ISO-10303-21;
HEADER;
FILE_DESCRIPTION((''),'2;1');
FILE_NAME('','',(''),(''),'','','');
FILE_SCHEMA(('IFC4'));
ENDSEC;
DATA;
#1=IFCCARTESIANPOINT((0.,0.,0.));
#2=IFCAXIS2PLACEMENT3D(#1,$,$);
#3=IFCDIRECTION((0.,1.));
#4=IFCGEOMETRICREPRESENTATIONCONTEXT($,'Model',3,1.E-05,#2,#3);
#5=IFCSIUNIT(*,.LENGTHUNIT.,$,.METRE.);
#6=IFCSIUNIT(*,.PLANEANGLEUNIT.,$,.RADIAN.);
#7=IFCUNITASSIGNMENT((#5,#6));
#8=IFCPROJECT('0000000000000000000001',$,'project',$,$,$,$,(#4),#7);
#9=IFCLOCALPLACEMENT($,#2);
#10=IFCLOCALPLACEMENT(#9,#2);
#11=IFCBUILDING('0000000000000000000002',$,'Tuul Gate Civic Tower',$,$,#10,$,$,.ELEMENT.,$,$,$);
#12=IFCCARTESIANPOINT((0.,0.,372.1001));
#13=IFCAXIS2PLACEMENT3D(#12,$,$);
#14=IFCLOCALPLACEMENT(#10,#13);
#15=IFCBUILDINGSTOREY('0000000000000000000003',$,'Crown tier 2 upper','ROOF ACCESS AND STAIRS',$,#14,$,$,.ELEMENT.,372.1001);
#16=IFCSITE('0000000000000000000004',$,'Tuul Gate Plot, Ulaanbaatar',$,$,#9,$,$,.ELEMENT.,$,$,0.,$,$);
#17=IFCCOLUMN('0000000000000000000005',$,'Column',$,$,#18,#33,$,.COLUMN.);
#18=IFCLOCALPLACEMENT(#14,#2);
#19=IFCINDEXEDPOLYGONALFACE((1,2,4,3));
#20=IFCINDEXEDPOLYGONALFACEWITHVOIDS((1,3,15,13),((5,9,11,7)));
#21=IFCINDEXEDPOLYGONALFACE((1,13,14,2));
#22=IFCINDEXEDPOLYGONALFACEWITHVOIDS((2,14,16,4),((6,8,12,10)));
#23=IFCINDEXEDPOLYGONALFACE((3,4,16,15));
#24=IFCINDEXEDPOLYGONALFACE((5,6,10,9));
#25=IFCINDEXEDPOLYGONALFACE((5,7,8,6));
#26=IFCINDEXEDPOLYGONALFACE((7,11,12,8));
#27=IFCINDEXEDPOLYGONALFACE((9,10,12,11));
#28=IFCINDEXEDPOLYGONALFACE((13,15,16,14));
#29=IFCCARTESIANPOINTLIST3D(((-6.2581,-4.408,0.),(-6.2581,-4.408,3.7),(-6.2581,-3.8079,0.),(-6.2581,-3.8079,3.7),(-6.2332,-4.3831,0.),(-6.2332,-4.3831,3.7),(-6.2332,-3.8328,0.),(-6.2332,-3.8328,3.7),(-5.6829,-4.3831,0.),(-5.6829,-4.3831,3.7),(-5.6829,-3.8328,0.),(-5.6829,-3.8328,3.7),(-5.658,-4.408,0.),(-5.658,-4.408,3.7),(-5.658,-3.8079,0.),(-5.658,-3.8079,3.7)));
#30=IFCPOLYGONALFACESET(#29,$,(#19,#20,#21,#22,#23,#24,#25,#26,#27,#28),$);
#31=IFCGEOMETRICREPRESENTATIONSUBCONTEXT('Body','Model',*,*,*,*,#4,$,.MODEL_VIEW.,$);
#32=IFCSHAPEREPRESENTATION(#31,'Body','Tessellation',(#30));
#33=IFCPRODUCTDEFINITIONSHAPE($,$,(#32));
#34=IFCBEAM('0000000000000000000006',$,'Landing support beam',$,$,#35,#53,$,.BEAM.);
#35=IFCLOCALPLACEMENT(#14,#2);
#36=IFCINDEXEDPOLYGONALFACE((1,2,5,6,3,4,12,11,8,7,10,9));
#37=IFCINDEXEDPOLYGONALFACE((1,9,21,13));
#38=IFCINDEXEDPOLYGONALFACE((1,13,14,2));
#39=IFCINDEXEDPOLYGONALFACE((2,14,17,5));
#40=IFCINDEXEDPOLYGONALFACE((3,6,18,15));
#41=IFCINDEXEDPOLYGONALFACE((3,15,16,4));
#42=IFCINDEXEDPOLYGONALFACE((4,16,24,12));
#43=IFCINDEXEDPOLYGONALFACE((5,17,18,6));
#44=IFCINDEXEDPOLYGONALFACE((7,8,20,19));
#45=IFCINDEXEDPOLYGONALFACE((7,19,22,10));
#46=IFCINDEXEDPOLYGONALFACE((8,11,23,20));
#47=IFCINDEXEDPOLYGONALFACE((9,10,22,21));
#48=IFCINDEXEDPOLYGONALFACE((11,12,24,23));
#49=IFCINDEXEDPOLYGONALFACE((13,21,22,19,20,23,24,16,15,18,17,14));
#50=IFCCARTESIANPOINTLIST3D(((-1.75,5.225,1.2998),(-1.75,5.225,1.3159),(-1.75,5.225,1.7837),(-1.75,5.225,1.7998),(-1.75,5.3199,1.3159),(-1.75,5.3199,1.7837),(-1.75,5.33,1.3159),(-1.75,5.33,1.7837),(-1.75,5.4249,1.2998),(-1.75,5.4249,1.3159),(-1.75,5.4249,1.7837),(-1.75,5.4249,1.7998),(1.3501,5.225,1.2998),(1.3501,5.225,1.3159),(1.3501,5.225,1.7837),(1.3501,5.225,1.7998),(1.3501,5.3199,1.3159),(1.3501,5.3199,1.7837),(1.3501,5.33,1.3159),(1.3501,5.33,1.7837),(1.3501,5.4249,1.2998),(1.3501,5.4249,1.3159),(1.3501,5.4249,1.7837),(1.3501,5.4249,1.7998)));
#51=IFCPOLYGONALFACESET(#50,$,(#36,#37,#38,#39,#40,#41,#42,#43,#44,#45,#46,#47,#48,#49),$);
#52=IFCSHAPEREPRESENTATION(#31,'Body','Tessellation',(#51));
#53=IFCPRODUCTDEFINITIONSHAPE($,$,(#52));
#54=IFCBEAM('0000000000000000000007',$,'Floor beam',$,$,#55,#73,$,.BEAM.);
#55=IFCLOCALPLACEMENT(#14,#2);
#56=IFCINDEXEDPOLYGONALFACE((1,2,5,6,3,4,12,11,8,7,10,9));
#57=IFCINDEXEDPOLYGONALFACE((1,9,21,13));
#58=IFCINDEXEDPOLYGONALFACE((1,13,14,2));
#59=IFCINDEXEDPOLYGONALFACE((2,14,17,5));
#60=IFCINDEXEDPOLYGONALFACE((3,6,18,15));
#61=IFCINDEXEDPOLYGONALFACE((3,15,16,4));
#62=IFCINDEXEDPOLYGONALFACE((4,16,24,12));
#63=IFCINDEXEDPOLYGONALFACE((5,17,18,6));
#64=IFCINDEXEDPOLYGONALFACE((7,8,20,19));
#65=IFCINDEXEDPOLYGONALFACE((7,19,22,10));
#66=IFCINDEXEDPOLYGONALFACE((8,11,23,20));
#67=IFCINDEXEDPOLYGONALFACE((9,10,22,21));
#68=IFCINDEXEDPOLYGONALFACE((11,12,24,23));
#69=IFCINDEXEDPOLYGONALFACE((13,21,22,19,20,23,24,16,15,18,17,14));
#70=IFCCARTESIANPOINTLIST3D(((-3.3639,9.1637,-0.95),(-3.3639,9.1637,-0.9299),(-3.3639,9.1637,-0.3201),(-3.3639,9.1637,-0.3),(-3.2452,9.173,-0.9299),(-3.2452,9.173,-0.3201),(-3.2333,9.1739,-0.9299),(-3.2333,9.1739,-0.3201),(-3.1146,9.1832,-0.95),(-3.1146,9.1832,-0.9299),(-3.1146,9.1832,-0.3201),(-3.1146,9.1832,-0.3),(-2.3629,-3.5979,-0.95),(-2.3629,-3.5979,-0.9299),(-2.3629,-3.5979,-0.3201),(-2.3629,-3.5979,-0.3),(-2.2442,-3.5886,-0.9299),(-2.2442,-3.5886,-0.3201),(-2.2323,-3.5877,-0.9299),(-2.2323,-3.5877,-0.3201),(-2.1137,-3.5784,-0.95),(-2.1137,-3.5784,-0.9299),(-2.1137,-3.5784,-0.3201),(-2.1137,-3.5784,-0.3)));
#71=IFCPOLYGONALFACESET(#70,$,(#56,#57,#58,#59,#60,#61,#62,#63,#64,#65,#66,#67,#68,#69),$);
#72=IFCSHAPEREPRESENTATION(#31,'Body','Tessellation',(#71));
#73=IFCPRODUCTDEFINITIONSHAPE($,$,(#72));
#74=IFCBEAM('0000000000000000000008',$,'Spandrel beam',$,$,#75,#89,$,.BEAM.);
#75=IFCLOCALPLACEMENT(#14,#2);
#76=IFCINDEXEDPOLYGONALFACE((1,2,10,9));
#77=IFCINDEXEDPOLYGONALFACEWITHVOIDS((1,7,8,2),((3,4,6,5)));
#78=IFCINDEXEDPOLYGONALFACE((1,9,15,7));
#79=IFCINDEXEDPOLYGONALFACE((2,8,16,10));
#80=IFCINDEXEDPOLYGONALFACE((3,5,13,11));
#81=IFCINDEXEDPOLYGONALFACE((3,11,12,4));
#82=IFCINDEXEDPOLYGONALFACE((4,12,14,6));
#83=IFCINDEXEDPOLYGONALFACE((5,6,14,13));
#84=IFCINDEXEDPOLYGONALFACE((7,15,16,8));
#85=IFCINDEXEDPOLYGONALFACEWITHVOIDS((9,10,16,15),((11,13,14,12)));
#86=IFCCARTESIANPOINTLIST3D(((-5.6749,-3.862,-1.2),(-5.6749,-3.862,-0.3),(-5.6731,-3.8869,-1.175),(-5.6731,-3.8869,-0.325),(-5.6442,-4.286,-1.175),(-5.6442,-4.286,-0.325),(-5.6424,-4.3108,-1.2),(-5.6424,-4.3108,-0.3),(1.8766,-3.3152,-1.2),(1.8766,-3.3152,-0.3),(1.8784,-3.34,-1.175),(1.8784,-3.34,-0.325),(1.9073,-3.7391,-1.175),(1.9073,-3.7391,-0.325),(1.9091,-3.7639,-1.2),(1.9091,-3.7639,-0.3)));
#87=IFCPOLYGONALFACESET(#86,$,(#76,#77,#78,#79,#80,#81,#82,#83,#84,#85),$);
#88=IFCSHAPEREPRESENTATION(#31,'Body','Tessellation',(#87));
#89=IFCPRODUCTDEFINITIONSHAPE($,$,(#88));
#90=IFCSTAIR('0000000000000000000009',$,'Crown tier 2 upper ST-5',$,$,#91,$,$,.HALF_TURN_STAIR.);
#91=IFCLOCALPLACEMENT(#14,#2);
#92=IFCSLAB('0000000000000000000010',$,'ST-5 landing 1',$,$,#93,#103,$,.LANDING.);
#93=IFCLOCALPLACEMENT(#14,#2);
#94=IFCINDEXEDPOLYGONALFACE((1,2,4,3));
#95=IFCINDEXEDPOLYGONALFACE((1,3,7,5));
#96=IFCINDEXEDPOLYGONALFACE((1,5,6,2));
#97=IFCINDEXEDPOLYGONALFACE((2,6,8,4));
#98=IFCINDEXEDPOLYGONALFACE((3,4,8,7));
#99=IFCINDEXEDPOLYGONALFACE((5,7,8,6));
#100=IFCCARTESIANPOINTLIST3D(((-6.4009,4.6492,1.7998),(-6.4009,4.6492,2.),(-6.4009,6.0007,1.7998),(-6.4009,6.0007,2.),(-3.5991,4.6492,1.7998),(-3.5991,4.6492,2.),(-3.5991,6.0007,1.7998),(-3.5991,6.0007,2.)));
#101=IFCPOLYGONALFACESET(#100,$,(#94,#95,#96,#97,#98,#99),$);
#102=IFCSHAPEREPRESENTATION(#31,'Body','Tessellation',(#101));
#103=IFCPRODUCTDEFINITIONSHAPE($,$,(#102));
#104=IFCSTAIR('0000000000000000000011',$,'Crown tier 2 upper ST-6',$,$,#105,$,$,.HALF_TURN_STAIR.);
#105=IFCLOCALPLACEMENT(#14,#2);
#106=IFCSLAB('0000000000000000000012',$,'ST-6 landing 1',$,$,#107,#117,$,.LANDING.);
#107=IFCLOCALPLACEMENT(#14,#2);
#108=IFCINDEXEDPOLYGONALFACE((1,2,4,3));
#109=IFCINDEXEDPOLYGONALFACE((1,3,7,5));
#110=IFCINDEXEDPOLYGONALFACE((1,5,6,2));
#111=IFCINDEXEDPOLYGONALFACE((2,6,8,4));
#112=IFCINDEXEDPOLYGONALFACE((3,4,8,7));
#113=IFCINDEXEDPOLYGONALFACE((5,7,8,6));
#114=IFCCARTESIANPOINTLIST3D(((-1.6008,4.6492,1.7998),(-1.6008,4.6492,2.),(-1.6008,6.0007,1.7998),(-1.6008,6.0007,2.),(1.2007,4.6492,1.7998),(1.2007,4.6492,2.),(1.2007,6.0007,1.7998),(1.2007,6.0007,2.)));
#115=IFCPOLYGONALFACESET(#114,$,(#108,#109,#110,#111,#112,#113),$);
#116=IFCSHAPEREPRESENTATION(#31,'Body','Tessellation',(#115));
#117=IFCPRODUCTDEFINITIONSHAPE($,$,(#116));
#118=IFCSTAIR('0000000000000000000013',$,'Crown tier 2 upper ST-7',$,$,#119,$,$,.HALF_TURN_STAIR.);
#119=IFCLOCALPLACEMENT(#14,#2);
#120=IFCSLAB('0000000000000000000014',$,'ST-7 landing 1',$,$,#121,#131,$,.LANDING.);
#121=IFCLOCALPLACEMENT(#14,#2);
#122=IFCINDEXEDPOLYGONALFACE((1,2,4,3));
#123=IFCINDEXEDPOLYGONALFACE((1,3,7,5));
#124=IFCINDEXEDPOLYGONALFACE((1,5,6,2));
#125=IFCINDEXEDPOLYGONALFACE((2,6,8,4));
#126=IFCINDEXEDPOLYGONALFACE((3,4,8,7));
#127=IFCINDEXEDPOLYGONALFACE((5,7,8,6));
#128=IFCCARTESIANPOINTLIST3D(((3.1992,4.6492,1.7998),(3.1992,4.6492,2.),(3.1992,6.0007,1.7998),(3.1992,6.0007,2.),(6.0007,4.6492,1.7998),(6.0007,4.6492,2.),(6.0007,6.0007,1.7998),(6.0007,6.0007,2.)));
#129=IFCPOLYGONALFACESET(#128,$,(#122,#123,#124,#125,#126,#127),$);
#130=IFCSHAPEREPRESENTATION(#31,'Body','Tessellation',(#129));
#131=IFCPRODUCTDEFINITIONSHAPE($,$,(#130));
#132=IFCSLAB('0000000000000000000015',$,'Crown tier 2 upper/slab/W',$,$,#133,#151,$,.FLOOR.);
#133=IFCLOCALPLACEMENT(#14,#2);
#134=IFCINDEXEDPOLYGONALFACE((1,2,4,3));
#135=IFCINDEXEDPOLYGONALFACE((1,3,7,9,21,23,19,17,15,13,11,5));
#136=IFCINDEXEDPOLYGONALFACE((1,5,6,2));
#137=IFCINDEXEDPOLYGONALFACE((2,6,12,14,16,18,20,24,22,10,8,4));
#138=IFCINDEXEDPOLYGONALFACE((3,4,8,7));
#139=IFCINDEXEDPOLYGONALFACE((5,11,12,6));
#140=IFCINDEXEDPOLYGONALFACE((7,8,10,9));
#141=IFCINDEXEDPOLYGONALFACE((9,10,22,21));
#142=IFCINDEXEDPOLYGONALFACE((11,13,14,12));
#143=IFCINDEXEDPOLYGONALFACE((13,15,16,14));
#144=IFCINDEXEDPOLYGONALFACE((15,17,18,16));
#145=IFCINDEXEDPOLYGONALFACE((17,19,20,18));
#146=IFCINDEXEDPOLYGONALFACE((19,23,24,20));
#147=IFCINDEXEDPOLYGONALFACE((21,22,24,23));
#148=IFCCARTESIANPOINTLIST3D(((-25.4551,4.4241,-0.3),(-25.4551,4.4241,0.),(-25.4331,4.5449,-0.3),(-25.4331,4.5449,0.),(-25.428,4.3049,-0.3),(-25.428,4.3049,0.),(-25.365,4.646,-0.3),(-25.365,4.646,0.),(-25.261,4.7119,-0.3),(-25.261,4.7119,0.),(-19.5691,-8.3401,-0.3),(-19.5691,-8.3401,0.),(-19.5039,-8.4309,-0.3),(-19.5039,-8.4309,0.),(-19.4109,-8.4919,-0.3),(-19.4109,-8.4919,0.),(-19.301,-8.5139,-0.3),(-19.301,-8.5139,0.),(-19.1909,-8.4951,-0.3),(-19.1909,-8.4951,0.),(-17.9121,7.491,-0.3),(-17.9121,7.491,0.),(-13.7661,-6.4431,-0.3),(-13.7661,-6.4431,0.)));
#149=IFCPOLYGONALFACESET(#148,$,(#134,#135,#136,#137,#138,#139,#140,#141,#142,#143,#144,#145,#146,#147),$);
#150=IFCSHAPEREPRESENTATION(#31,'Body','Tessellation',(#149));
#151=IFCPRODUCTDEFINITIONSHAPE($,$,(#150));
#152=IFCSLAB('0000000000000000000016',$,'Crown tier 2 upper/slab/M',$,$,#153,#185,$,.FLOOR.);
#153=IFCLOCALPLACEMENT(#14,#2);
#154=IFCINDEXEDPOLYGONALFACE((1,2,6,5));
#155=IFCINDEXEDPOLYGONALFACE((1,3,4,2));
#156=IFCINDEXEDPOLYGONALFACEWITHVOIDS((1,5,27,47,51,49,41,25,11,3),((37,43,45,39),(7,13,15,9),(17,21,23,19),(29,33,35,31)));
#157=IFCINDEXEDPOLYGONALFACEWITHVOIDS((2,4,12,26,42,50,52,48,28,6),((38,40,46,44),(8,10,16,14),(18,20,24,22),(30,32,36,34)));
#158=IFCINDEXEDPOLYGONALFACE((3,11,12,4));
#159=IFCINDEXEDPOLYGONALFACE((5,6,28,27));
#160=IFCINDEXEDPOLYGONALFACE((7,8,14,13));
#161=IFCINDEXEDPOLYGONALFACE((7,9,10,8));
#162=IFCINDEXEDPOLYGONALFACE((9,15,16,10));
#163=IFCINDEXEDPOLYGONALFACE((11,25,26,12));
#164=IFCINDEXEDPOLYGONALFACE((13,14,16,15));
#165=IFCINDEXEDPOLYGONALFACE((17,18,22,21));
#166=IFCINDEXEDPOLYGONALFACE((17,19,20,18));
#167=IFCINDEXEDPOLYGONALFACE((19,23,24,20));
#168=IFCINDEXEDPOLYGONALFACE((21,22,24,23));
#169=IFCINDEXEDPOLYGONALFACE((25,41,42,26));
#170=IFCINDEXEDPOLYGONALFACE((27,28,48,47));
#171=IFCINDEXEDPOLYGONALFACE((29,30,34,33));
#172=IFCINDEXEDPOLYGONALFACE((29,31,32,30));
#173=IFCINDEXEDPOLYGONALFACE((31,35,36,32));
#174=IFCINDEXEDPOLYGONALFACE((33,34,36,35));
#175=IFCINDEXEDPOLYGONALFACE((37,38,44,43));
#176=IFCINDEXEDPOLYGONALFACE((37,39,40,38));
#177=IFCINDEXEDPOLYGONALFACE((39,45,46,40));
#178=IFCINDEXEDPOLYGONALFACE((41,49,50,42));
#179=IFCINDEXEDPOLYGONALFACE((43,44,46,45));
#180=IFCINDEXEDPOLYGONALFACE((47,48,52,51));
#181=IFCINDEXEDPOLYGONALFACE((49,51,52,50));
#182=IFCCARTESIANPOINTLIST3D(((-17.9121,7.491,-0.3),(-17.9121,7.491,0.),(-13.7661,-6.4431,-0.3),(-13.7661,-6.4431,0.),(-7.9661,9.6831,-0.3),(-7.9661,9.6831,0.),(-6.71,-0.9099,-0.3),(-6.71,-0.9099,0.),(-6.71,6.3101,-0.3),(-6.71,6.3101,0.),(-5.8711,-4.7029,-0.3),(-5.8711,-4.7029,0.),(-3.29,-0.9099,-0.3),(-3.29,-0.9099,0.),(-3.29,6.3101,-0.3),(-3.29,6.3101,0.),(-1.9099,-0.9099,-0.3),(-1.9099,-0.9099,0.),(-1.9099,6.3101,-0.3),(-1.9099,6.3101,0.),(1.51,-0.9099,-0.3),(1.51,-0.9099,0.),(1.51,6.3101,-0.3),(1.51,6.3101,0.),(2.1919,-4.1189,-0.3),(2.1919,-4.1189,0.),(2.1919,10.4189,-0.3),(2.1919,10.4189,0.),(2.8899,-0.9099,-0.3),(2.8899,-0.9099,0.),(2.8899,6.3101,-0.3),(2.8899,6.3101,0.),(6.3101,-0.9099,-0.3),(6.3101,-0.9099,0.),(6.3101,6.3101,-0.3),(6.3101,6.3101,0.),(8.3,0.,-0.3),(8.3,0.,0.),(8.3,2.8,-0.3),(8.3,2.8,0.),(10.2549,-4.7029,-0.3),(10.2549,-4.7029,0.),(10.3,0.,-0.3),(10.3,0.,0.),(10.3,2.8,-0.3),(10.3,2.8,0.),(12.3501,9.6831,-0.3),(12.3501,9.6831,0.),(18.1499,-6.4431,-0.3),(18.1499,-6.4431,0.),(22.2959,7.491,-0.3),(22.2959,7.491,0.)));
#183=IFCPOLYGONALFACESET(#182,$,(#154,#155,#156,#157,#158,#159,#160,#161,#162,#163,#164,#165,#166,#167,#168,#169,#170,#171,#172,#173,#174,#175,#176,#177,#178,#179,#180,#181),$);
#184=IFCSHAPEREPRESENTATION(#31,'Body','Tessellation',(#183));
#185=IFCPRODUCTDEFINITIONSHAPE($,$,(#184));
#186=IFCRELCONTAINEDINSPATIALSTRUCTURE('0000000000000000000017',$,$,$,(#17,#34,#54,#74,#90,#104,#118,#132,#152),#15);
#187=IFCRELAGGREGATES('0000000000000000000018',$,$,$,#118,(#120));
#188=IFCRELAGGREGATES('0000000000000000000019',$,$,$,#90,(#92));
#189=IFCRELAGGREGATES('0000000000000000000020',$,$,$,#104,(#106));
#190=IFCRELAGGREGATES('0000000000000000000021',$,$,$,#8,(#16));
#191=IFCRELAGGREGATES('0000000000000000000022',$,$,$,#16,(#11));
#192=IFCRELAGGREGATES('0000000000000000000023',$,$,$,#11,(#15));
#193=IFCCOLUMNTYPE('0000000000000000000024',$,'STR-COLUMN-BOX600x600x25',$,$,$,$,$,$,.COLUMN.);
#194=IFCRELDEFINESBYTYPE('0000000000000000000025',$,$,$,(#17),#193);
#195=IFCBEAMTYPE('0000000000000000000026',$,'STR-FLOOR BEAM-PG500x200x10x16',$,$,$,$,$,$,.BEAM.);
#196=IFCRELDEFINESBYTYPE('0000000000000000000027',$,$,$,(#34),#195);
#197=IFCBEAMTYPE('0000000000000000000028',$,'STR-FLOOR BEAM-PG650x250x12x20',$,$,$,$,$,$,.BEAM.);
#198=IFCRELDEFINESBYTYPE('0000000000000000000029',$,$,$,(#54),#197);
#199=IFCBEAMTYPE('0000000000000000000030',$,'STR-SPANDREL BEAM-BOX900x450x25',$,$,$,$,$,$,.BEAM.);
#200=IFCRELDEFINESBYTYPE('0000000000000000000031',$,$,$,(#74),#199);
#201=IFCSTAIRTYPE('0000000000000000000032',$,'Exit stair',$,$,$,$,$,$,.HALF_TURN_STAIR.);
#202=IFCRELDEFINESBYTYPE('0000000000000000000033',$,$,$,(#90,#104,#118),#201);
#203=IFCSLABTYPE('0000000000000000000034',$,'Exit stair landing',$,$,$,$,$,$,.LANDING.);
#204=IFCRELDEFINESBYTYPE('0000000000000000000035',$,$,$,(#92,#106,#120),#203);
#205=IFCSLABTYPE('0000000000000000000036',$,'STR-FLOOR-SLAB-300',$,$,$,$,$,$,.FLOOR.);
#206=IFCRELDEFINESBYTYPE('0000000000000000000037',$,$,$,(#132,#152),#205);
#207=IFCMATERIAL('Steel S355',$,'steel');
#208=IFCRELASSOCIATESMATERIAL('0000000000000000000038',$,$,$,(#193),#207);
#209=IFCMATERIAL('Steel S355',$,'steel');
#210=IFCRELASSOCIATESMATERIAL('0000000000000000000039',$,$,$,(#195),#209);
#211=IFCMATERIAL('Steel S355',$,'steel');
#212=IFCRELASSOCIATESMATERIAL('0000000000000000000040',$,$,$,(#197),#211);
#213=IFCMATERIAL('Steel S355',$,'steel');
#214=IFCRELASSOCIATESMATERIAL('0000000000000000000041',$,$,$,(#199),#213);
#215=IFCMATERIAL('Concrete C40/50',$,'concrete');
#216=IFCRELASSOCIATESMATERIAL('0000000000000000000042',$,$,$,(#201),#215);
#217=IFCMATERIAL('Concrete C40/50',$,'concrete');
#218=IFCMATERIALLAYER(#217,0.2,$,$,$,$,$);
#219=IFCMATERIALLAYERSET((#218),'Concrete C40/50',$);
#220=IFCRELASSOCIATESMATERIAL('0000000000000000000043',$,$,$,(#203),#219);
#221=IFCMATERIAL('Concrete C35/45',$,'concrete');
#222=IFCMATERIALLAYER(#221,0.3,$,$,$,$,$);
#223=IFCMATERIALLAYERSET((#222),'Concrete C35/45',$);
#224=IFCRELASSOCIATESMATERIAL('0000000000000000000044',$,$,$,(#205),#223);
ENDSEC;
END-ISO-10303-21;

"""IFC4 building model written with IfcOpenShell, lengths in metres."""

from ifc_helpers import new_model, si_unit, direction, frame, origin, origin_2d, place, context, subcontext, project, spatial, polyline, hollow_rectangle, i_section, outline, extrude, material, layer, layer_set, material_profile, profile_set, type_object, element, aggregate, save


model = new_model("IFC4")

# Units and contexts
model_context = context("Model", 3, precision=1e-05, world=origin(), true_north=direction((0.0, 1.0)))
body_context = subcontext(model_context, "Body", "Model", "MODEL_VIEW")
ifc_project = project(units=[si_unit("LENGTHUNIT", "METRE"), si_unit("PLANEANGLEUNIT", "RADIAN")], contexts=[model_context])

# Site, building, storey
site_placement = place(None, origin())
site = spatial("IfcSite", under=ifc_project, at=site_placement, Name="Tuul Gate Plot, Ulaanbaatar", CompositionType="ELEMENT", RefElevation=0.0)
building_placement = place(site_placement, origin())
building = spatial("IfcBuilding", under=site, at=building_placement, Name="Tuul Gate Civic Tower", CompositionType="ELEMENT")
storey_placement = place(building_placement, frame((0.0, 0.0, 372.1001)))
storey = spatial("IfcBuildingStorey", under=building, at=storey_placement, Name="Crown tier 2 upper", Description="ROOF ACCESS AND STAIRS", CompositionType="ELEMENT", Elevation=372.1001)

# Column
ifc_material_1 = material(Name="Steel S355", Category="steel")
ifc_material_profile_1 = material_profile(ifc_material_1, hollow_rectangle(XDim=0.6001, YDim=0.6001, WallThickness=0.0249, at=origin_2d()), Name="BOX600x600x25")
ifc_profile_set_1 = profile_set([ifc_material_profile_1], Name="Steel S355")
column_type = type_object("IfcColumnType", Name="STR-COLUMN-BOX600x600x25", PredefinedType="COLUMN", material=ifc_profile_set_1)
column_placement = place(storey_placement, frame((-5.958, -4.1079, 0.0), z_axis=(0.0, 0.0, 1.0), x_axis=(1.0, 0.0, 0.0)))
element("IfcColumn", 1, at=column_placement, inside=storey, type_object=column_type, Name="Column", PredefinedType="COLUMN", context=body_context, shape_type="SweptSolid", body=[
    extrude(hollow_rectangle(XDim=0.6001, YDim=0.6001, WallThickness=0.0249, at=origin_2d()), origin(), (0.0, 0.0, 1.0), 3.7),
])

# Beams
ifc_material_2 = material(Name="Steel S355", Category="steel")
ifc_material_profile_2 = material_profile(ifc_material_2, i_section(OverallWidth=0.2, OverallDepth=0.5, WebThickness=0.01, FlangeThickness=0.0161, at=origin_2d()), Name="PG500x200x10x16")
ifc_profile_set_2 = profile_set([ifc_material_profile_2], Name="Steel S355")
beam_type_1 = type_object("IfcBeamType", Name="STR-FLOOR BEAM-PG500x200x10x16", PredefinedType="BEAM", material=ifc_profile_set_2)
beam_1_placement = place(storey_placement, frame((-1.75, 5.325, 1.5498), z_axis=(1.0, 0.0, 0.0), x_axis=(0.0, 1.0, 0.0)))
element("IfcBeam", 2, at=beam_1_placement, inside=storey, type_object=beam_type_1, Name="Landing support beam", PredefinedType="BEAM", context=body_context, shape_type="SweptSolid", body=[
    extrude(i_section(OverallWidth=0.2, OverallDepth=0.5, WebThickness=0.01, FlangeThickness=0.0161, at=origin_2d()), origin(), (0.0, 0.0, 1.0), 3.1001),
])
ifc_material_3 = material(Name="Steel S355", Category="steel")
ifc_material_profile_3 = material_profile(ifc_material_3, i_section(OverallWidth=0.25, OverallDepth=0.6499, WebThickness=0.012, FlangeThickness=0.02, at=origin_2d()), Name="PG650x250x12x20")
ifc_profile_set_3 = profile_set([ifc_material_profile_3], Name="Steel S355")
beam_type_2 = type_object("IfcBeamType", Name="STR-FLOOR BEAM-PG650x250x12x20", PredefinedType="BEAM", material=ifc_profile_set_3)
beam_2_placement = place(storey_placement, frame((-2.2383, -3.5881, -0.625), z_axis=(-0.078197, 0.996938, 0.0), x_axis=(-0.996938, -0.078197, 0.0)))
element("IfcBeam", 3, at=beam_2_placement, inside=storey, type_object=beam_type_2, Name="Floor beam", PredefinedType="BEAM", context=body_context, shape_type="SweptSolid", body=[
    extrude(i_section(OverallWidth=0.25, OverallDepth=0.6499, WebThickness=0.012, FlangeThickness=0.02, at=origin_2d()), origin(), (0.0, 0.0, 1.0), 12.8008),
])
ifc_material_4 = material(Name="Steel S355", Category="steel")
ifc_material_profile_4 = material_profile(ifc_material_4, hollow_rectangle(XDim=0.45, YDim=0.8999, WallThickness=0.0249, at=origin_2d()), Name="BOX900x450x25")
ifc_profile_set_4 = profile_set([ifc_material_profile_4], Name="Steel S355")
beam_type_3 = type_object("IfcBeamType", Name="STR-SPANDREL BEAM-BOX900x450x25", PredefinedType="BEAM", material=ifc_profile_set_4)
beam_3_placement = place(storey_placement, frame((-5.6587, -4.0864, -0.75), z_axis=(0.997388, 0.07223, 0.0), x_axis=(-0.07223, 0.997388, 0.0)))
element("IfcBeam", 4, at=beam_3_placement, inside=storey, type_object=beam_type_3, Name="Spandrel beam", PredefinedType="BEAM", context=body_context, shape_type="SweptSolid", body=[
    extrude(hollow_rectangle(XDim=0.45, YDim=0.8999, WallThickness=0.0249, at=origin_2d()), origin(), (0.0, 0.0, 1.0), 7.5713),
])

# Stairs, slabs
ifc_material_5 = material(Name="Concrete C40/50", Category="concrete")
stair_type = type_object("IfcStairType", Name="Exit stair", PredefinedType="HALF_TURN_STAIR", material=ifc_material_5)
stair_1_placement = place(storey_placement, origin())
stair_1 = element("IfcStair", 5, at=stair_1_placement, inside=storey, type_object=stair_type, Name="Crown tier 2 upper ST-5", PredefinedType="HALF_TURN_STAIR")
ifc_material_6 = material(Name="Concrete C40/50", Category="concrete")
ifc_layer_1 = layer(ifc_material_6, 0.2)
ifc_layer_set_1 = layer_set([ifc_layer_1], Name="Concrete C40/50")
slab_type_1 = type_object("IfcSlabType", Name="Exit stair landing", PredefinedType="LANDING", material=ifc_layer_set_1)
slab_1_placement = place(storey_placement, frame((0.0, 0.0, 1.7998)))
slab_1 = element("IfcSlab", 6, at=slab_1_placement, type_object=slab_type_1, Name="ST-5 landing 1", PredefinedType="LANDING", context=body_context, shape_type="SweptSolid", body=[
    extrude(outline(polyline([(-3.5991, 4.6492), (-6.4009, 4.6492), (-6.4009, 6.0007), (-3.5991, 6.0007), (-3.5991, 4.6492)])), origin(), (0.0, 0.0, 1.0), 0.2002),
])
stair_2_placement = place(storey_placement, origin())
stair_2 = element("IfcStair", 7, at=stair_2_placement, inside=storey, type_object=stair_type, Name="Crown tier 2 upper ST-6", PredefinedType="HALF_TURN_STAIR")
slab_2_placement = place(storey_placement, frame((0.0, 0.0, 1.7998)))
slab_2 = element("IfcSlab", 8, at=slab_2_placement, type_object=slab_type_1, Name="ST-6 landing 1", PredefinedType="LANDING", context=body_context, shape_type="SweptSolid", body=[
    extrude(outline(polyline([(1.2007, 4.6492), (-1.6008, 4.6492), (-1.6008, 6.0007), (1.2007, 6.0007), (1.2007, 4.6492)])), origin(), (0.0, 0.0, 1.0), 0.2002),
])
stair_3_placement = place(storey_placement, origin())
stair_3 = element("IfcStair", 9, at=stair_3_placement, inside=storey, type_object=stair_type, Name="Crown tier 2 upper ST-7", PredefinedType="HALF_TURN_STAIR")
slab_3_placement = place(storey_placement, frame((0.0, 0.0, 1.7998)))
slab_3 = element("IfcSlab", 10, at=slab_3_placement, type_object=slab_type_1, Name="ST-7 landing 1", PredefinedType="LANDING", context=body_context, shape_type="SweptSolid", body=[
    extrude(outline(polyline([(6.0007, 4.6492), (3.1992, 4.6492), (3.1992, 6.0007), (6.0007, 6.0007), (6.0007, 4.6492)])), origin(), (0.0, 0.0, 1.0), 0.2002),
])
aggregate(stair_3, [slab_3])

# Slabs
ifc_material_7 = material(Name="Concrete C35/45", Category="concrete")
ifc_layer_2 = layer(ifc_material_7, 0.3)
ifc_layer_set_2 = layer_set([ifc_layer_2], Name="Concrete C35/45")
slab_type_2 = type_object("IfcSlabType", Name="STR-FLOOR-SLAB-300", PredefinedType="FLOOR", material=ifc_layer_set_2)
slab_4_placement = place(storey_placement, frame((0.0, 0.0, -0.3)))
element("IfcSlab", 11, at=slab_4_placement, inside=storey, type_object=slab_type_2, Name="Crown tier 2 upper/slab/W", PredefinedType="FLOOR", context=body_context, shape_type="SweptSolid", body=[
    extrude(outline(polyline([(-13.7661, -6.4431), (-17.9121, 7.491), (-25.261, 4.7119), (-25.365, 4.646), (-25.4331, 4.5449), (-25.4551, 4.4241), (-25.428, 4.3049), (-19.5691, -8.3401), (-19.5039, -8.4309), (-19.4109, -8.4919), (-19.301, -8.5139), (-19.1909, -8.4951), (-13.7661, -6.4431)])), origin(), (0.0, 0.0, 1.0), 0.3),
])
slab_5_placement = place(storey_placement, frame((0.0, 0.0, -0.3)))
element("IfcSlab", 12, at=slab_5_placement, inside=storey, type_object=slab_type_2, Name="Crown tier 2 upper/slab/M", PredefinedType="FLOOR", context=body_context, shape_type="SweptSolid", body=[
    extrude(outline(polyline([(10.2549, -4.7029), (18.1499, -6.4431), (22.2959, 7.491), (12.3501, 9.6831), (2.1919, 10.4189), (-7.9661, 9.6831), (-17.9121, 7.491), (-13.7661, -6.4431), (-5.8711, -4.7029), (2.1919, -4.1189), (10.2549, -4.7029)]), holes=[polyline([(10.3, 0.0), (8.3, 0.0), (8.3, 2.8), (10.3, 2.8), (10.3, 0.0)]), polyline([(-6.71, -0.9099), (-6.71, 6.3101), (-3.29, 6.3101), (-3.29, -0.9099), (-6.71, -0.9099)]), polyline([(-1.9099, -0.9099), (-1.9099, 6.3101), (1.51, 6.3101), (1.51, -0.9099), (-1.9099, -0.9099)]), polyline([(2.8899, -0.9099), (2.8899, 6.3101), (6.3101, 6.3101), (6.3101, -0.9099), (2.8899, -0.9099)])]), origin(), (0.0, 0.0, 1.0), 0.3),
])

aggregate(stair_1, [slab_1])
aggregate(stair_2, [slab_2])

save(model, "model.ifc")
